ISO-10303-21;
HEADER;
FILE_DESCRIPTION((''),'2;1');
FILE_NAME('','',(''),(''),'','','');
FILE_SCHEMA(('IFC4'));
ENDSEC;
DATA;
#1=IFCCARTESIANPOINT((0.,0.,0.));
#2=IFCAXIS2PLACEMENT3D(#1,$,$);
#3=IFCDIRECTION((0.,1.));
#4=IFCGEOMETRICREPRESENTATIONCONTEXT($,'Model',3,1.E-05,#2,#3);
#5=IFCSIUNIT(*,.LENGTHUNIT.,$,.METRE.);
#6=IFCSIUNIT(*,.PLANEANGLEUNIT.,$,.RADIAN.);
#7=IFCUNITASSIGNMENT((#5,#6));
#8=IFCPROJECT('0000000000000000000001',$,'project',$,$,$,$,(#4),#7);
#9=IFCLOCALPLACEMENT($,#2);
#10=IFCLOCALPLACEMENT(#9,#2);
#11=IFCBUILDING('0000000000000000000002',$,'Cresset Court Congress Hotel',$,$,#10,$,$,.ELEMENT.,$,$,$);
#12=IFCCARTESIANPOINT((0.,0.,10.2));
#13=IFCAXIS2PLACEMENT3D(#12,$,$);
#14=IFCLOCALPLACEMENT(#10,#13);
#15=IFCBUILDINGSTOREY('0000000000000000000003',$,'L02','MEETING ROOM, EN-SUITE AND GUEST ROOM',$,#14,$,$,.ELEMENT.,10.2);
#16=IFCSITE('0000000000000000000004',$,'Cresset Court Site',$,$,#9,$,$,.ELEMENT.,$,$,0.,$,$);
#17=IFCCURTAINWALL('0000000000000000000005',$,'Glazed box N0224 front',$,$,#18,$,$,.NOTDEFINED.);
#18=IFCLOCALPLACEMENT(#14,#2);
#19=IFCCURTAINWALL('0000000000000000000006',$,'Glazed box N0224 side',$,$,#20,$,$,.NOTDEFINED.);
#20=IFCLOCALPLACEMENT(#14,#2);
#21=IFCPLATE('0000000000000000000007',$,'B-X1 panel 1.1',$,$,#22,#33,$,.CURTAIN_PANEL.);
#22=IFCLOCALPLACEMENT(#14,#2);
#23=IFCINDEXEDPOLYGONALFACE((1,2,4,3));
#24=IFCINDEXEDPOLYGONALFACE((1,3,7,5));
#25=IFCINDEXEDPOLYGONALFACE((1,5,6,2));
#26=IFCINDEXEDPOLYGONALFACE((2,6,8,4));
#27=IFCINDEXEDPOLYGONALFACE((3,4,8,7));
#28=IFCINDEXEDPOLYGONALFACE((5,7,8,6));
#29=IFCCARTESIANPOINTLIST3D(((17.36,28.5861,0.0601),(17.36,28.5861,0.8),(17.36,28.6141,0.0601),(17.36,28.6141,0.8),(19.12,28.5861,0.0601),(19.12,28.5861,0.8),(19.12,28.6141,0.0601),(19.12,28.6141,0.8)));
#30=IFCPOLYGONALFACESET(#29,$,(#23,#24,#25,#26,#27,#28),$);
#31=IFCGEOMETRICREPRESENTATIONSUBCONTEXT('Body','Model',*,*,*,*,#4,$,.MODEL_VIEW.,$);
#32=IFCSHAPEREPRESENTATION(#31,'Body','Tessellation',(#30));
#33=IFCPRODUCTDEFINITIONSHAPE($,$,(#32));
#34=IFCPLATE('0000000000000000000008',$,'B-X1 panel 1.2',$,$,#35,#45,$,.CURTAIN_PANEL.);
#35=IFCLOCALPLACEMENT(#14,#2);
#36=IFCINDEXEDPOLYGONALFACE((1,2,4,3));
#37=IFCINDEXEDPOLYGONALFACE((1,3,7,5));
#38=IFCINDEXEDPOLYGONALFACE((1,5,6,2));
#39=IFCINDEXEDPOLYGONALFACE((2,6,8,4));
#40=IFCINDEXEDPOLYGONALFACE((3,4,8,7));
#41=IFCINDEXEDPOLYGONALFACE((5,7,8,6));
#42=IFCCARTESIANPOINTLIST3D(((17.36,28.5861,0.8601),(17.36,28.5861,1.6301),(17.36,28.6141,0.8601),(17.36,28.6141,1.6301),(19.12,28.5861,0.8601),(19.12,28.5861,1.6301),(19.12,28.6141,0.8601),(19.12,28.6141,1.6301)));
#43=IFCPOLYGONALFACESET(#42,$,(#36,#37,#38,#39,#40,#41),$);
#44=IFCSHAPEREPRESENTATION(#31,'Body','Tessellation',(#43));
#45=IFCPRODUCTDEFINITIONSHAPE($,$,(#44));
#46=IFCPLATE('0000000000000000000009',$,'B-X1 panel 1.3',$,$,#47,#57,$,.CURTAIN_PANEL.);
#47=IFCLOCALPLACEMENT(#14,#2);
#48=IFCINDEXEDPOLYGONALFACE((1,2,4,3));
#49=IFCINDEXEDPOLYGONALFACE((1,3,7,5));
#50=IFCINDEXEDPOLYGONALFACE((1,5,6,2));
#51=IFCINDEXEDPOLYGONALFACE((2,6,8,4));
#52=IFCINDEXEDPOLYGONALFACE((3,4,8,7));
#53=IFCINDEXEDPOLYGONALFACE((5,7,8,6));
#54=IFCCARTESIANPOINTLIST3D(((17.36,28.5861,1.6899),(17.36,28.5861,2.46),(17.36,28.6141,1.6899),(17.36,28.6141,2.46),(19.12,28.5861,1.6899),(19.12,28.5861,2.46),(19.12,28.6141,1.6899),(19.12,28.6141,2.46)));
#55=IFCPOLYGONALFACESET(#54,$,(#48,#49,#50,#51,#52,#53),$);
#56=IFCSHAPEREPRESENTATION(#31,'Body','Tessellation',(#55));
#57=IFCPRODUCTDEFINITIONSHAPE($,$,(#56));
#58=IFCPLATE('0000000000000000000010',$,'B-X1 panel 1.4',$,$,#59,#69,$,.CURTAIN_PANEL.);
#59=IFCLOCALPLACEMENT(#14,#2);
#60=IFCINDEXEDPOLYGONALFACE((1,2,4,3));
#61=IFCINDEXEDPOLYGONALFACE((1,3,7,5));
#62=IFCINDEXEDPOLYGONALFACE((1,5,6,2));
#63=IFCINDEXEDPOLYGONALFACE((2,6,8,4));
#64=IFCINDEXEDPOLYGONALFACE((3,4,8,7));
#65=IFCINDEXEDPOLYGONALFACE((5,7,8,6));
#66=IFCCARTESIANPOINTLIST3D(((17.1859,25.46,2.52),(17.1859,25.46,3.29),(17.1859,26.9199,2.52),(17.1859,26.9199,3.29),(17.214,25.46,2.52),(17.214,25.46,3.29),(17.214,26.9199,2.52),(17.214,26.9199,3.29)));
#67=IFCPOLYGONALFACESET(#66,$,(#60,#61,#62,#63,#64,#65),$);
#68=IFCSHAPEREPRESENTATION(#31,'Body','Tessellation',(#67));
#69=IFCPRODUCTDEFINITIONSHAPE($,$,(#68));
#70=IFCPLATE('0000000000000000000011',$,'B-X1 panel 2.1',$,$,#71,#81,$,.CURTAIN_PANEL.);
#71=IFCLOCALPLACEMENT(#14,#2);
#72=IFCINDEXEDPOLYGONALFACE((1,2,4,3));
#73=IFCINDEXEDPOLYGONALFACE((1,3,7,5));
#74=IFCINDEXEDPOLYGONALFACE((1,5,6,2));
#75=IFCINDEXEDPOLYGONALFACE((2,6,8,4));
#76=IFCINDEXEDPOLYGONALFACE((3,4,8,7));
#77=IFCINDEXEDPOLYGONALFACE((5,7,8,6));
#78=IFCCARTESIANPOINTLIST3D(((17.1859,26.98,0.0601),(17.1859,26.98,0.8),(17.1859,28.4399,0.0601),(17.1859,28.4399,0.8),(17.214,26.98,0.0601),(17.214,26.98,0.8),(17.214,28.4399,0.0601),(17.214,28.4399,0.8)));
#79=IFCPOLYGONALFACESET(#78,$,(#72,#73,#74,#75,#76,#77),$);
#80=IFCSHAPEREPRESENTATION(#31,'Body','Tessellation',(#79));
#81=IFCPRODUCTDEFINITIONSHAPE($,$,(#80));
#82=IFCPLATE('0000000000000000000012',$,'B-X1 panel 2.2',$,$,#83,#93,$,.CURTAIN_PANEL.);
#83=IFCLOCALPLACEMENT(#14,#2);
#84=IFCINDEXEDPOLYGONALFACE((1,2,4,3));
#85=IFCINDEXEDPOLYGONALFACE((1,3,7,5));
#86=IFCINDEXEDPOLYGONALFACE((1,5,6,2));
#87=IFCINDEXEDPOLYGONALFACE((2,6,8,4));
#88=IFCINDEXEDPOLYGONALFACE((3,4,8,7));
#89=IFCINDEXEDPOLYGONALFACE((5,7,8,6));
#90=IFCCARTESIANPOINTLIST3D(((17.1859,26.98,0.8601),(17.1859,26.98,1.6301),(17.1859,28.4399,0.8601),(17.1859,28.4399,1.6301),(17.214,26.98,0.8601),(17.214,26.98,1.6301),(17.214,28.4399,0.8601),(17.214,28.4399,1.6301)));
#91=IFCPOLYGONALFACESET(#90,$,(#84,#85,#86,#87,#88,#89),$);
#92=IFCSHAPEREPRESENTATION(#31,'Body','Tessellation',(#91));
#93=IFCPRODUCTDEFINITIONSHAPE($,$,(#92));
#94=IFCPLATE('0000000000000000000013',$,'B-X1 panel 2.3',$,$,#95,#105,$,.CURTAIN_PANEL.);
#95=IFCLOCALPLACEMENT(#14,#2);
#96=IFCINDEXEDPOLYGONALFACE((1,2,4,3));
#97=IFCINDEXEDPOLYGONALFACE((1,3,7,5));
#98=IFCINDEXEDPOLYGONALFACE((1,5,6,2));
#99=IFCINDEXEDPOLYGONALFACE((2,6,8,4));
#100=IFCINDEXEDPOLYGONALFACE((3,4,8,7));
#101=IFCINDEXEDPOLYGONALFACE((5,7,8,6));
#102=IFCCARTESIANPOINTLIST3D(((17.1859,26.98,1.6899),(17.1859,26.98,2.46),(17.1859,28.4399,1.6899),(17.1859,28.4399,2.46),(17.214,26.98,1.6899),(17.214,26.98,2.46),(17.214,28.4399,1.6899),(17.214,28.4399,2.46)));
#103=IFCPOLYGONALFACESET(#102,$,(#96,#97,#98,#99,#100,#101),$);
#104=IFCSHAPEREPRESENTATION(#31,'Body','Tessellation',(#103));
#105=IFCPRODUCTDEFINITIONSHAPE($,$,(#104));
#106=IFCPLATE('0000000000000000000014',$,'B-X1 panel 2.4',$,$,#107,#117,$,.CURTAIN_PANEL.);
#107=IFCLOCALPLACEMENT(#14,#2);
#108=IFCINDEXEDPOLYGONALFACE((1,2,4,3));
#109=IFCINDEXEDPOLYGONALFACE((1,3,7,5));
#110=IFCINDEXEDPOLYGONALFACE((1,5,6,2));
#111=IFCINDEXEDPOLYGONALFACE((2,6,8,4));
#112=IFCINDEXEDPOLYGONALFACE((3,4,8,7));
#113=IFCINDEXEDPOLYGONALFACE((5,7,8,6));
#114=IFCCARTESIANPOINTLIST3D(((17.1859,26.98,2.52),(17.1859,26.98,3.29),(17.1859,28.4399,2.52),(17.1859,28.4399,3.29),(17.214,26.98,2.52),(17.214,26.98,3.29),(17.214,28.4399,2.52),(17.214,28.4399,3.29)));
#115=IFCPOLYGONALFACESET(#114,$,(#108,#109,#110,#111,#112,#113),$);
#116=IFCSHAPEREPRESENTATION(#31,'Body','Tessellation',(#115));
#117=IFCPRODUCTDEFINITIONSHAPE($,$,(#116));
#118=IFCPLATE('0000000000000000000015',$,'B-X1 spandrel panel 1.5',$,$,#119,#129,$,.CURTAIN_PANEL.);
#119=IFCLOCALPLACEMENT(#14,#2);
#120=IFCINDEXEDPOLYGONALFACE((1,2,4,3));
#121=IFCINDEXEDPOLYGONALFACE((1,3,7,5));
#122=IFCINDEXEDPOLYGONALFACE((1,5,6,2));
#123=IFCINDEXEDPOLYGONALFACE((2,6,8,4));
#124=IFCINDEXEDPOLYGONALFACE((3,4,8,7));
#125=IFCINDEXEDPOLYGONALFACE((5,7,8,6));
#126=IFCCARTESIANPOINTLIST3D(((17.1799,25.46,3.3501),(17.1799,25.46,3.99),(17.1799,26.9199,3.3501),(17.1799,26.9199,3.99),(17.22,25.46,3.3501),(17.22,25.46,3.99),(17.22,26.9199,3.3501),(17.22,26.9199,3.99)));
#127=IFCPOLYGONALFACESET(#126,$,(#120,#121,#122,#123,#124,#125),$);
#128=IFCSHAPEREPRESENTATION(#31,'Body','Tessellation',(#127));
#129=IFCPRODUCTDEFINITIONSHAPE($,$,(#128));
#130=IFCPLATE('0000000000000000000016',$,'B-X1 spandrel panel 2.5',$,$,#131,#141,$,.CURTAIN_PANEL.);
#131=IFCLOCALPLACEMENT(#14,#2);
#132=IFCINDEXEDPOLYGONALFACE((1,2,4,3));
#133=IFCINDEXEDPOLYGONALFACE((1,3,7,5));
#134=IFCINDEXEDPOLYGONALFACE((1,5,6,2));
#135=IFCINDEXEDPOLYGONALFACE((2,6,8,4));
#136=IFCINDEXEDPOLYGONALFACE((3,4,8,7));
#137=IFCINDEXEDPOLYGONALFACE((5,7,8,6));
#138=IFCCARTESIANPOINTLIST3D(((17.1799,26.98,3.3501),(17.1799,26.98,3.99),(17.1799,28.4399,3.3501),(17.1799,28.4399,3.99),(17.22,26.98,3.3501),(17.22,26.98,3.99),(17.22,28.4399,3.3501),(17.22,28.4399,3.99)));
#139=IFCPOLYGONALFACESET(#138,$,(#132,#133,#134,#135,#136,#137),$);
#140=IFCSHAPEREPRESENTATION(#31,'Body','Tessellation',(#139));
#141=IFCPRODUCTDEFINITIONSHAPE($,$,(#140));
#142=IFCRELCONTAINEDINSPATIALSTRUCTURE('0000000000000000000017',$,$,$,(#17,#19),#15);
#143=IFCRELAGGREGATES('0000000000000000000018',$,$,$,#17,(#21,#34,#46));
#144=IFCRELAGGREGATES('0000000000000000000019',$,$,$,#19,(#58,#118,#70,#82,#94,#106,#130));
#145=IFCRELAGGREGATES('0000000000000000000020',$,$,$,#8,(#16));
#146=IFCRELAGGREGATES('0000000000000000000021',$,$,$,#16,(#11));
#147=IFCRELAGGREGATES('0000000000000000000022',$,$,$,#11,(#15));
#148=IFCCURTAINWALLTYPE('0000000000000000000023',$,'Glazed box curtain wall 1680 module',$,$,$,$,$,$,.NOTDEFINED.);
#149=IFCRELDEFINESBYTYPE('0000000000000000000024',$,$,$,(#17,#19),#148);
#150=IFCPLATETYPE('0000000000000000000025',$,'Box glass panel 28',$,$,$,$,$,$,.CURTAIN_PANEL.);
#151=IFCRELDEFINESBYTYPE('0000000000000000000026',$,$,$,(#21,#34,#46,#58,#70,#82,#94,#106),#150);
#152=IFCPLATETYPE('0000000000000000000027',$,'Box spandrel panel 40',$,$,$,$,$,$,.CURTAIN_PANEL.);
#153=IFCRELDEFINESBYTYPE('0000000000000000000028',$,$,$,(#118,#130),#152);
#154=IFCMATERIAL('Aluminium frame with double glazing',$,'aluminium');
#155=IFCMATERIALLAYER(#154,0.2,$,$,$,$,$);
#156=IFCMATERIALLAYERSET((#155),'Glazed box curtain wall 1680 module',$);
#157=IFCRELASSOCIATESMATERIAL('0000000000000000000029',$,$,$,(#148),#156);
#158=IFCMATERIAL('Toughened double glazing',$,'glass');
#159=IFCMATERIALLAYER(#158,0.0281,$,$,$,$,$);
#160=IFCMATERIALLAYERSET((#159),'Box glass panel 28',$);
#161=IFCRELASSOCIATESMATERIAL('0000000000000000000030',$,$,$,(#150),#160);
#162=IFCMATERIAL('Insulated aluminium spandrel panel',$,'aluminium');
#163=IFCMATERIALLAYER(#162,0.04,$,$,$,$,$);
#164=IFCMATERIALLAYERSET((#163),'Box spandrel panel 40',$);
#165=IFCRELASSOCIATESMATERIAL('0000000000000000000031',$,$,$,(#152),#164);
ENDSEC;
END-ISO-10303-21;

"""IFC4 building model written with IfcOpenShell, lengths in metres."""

from ifc_helpers import new_model, si_unit, direction, frame, origin, origin_2d, place, context, subcontext, project, spatial, rectangle, extrude, material, layer, layer_set, type_object, element, aggregate, save


model = new_model("IFC4")

# Units and contexts
model_context = context("Model", 3, precision=1e-05, world=origin(), true_north=direction((0.0, 1.0)))
body_context = subcontext(model_context, "Body", "Model", "MODEL_VIEW")
ifc_project = project(units=[si_unit("LENGTHUNIT", "METRE"), si_unit("PLANEANGLEUNIT", "RADIAN")], contexts=[model_context])

# Site, building, storey
site_placement = place(None, origin())
site = spatial("IfcSite", under=ifc_project, at=site_placement, Name="Cresset Court Site", CompositionType="ELEMENT", RefElevation=0.0)
building_placement = place(site_placement, origin())
building = spatial("IfcBuilding", under=site, at=building_placement, Name="Cresset Court Congress Hotel", CompositionType="ELEMENT")
storey_placement = place(building_placement, frame((0.0, 0.0, 10.2)))
storey = spatial("IfcBuildingStorey", under=building, at=storey_placement, Name="L02", Description="MEETING ROOM, EN-SUITE AND GUEST ROOM", CompositionType="ELEMENT", Elevation=10.2)

# Curtain wall
ifc_material_1 = material(Name="Aluminium frame with double glazing", Category="aluminium")
ifc_layer_1 = layer(ifc_material_1, 0.2)
ifc_layer_set_1 = layer_set([ifc_layer_1], Name="Glazed box curtain wall 1680 module")
curtain_wall_type = type_object("IfcCurtainWallType", Name="Glazed box curtain wall 1680 module", PredefinedType="NOTDEFINED", material=ifc_layer_set_1)
curtain_wall_1_placement = place(storey_placement, origin())
curtain_wall_1 = element("IfcCurtainWall", 1, at=curtain_wall_1_placement, inside=storey, type_object=curtain_wall_type, Name="Glazed box N0224 front", PredefinedType="NOTDEFINED")

# Curtain wall
curtain_wall_2_placement = place(storey_placement, origin())
curtain_wall_2 = element("IfcCurtainWall", 2, at=curtain_wall_2_placement, inside=storey, type_object=curtain_wall_type, Name="Glazed box N0224 side", PredefinedType="NOTDEFINED")

# Plates
ifc_material_2 = material(Name="Toughened double glazing", Category="glass")
ifc_layer_2 = layer(ifc_material_2, 0.0281)
ifc_layer_set_2 = layer_set([ifc_layer_2], Name="Box glass panel 28")
plate_type_1 = type_object("IfcPlateType", Name="Box glass panel 28", PredefinedType="CURTAIN_PANEL", material=ifc_layer_set_2)
plate_1_placement = place(storey_placement, frame((18.24, 28.6001, 0.0601), z_axis=(0.0, 0.0, 1.0), x_axis=(1.0, 0.0, 0.0)))
plate_1 = element("IfcPlate", 3, at=plate_1_placement, type_object=plate_type_1, Name="B-X1 panel 1.1", PredefinedType="CURTAIN_PANEL", context=body_context, shape_type="SweptSolid", body=[
    extrude(rectangle(XDim=1.76, YDim=0.0281, at=origin_2d()), origin(), (0.0, 0.0, 1.0), 0.74),
])
plate_2_placement = place(storey_placement, frame((18.24, 28.6001, 0.8601), z_axis=(0.0, 0.0, 1.0), x_axis=(1.0, 0.0, 0.0)))
plate_2 = element("IfcPlate", 4, at=plate_2_placement, type_object=plate_type_1, Name="B-X1 panel 1.2", PredefinedType="CURTAIN_PANEL", context=body_context, shape_type="SweptSolid", body=[
    extrude(rectangle(XDim=1.76, YDim=0.0281, at=origin_2d()), origin(), (0.0, 0.0, 1.0), 0.77),
])
plate_3_placement = place(storey_placement, frame((18.24, 28.6001, 1.6899), z_axis=(0.0, 0.0, 1.0), x_axis=(1.0, 0.0, 0.0)))
plate_3 = element("IfcPlate", 5, at=plate_3_placement, type_object=plate_type_1, Name="B-X1 panel 1.3", PredefinedType="CURTAIN_PANEL", context=body_context, shape_type="SweptSolid", body=[
    extrude(rectangle(XDim=1.76, YDim=0.0281, at=origin_2d()), origin(), (0.0, 0.0, 1.0), 0.77),
])
aggregate(curtain_wall_1, [plate_1, plate_2, plate_3])
plate_4_placement = place(storey_placement, frame((17.2, 26.1899, 2.52), z_axis=(0.0, 0.0, 1.0), x_axis=(0.0, 1.0, 0.0)))
plate_4 = element("IfcPlate", 6, at=plate_4_placement, type_object=plate_type_1, Name="B-X1 panel 1.4", PredefinedType="CURTAIN_PANEL", context=body_context, shape_type="SweptSolid", body=[
    extrude(rectangle(XDim=1.46, YDim=0.0281, at=origin_2d()), origin(), (0.0, 0.0, 1.0), 0.77),
])
plate_5_placement = place(storey_placement, frame((17.2, 27.71, 0.0601), z_axis=(0.0, 0.0, 1.0), x_axis=(0.0, 1.0, 0.0)))
plate_5 = element("IfcPlate", 7, at=plate_5_placement, type_object=plate_type_1, Name="B-X1 panel 2.1", PredefinedType="CURTAIN_PANEL", context=body_context, shape_type="SweptSolid", body=[
    extrude(rectangle(XDim=1.46, YDim=0.0281, at=origin_2d()), origin(), (0.0, 0.0, 1.0), 0.74),
])
plate_6_placement = place(storey_placement, frame((17.2, 27.71, 0.8601), z_axis=(0.0, 0.0, 1.0), x_axis=(0.0, 1.0, 0.0)))
plate_6 = element("IfcPlate", 8, at=plate_6_placement, type_object=plate_type_1, Name="B-X1 panel 2.2", PredefinedType="CURTAIN_PANEL", context=body_context, shape_type="SweptSolid", body=[
    extrude(rectangle(XDim=1.46, YDim=0.0281, at=origin_2d()), origin(), (0.0, 0.0, 1.0), 0.77),
])
plate_7_placement = place(storey_placement, frame((17.2, 27.71, 1.6899), z_axis=(0.0, 0.0, 1.0), x_axis=(0.0, 1.0, 0.0)))
plate_7 = element("IfcPlate", 9, at=plate_7_placement, type_object=plate_type_1, Name="B-X1 panel 2.3", PredefinedType="CURTAIN_PANEL", context=body_context, shape_type="SweptSolid", body=[
    extrude(rectangle(XDim=1.46, YDim=0.0281, at=origin_2d()), origin(), (0.0, 0.0, 1.0), 0.77),
])
plate_8_placement = place(storey_placement, frame((17.2, 27.71, 2.52), z_axis=(0.0, 0.0, 1.0), x_axis=(0.0, 1.0, 0.0)))
plate_8 = element("IfcPlate", 10, at=plate_8_placement, type_object=plate_type_1, Name="B-X1 panel 2.4", PredefinedType="CURTAIN_PANEL", context=body_context, shape_type="SweptSolid", body=[
    extrude(rectangle(XDim=1.46, YDim=0.0281, at=origin_2d()), origin(), (0.0, 0.0, 1.0), 0.77),
])
ifc_material_3 = material(Name="Insulated aluminium spandrel panel", Category="aluminium")
ifc_layer_3 = layer(ifc_material_3, 0.04)
ifc_layer_set_3 = layer_set([ifc_layer_3], Name="Box spandrel panel 40")
plate_type_2 = type_object("IfcPlateType", Name="Box spandrel panel 40", PredefinedType="CURTAIN_PANEL", material=ifc_layer_set_3)
plate_9_placement = place(storey_placement, frame((17.2, 26.1899, 3.3501), z_axis=(0.0, 0.0, 1.0), x_axis=(0.0, 1.0, 0.0)))
plate_9 = element("IfcPlate", 11, at=plate_9_placement, type_object=plate_type_2, Name="B-X1 spandrel panel 1.5", PredefinedType="CURTAIN_PANEL", context=body_context, shape_type="SweptSolid", body=[
    extrude(rectangle(XDim=1.46, YDim=0.04, at=origin_2d()), origin(), (0.0, 0.0, 1.0), 0.6399),
])
plate_10_placement = place(storey_placement, frame((17.2, 27.71, 3.3501), z_axis=(0.0, 0.0, 1.0), x_axis=(0.0, 1.0, 0.0)))
plate_10 = element("IfcPlate", 12, at=plate_10_placement, type_object=plate_type_2, Name="B-X1 spandrel panel 2.5", PredefinedType="CURTAIN_PANEL", context=body_context, shape_type="SweptSolid", body=[
    extrude(rectangle(XDim=1.46, YDim=0.04, at=origin_2d()), origin(), (0.0, 0.0, 1.0), 0.6399),
])
aggregate(curtain_wall_2, [plate_4, plate_9, plate_5, plate_6, plate_7, plate_8, plate_10])

save(model, "model.ifc")
